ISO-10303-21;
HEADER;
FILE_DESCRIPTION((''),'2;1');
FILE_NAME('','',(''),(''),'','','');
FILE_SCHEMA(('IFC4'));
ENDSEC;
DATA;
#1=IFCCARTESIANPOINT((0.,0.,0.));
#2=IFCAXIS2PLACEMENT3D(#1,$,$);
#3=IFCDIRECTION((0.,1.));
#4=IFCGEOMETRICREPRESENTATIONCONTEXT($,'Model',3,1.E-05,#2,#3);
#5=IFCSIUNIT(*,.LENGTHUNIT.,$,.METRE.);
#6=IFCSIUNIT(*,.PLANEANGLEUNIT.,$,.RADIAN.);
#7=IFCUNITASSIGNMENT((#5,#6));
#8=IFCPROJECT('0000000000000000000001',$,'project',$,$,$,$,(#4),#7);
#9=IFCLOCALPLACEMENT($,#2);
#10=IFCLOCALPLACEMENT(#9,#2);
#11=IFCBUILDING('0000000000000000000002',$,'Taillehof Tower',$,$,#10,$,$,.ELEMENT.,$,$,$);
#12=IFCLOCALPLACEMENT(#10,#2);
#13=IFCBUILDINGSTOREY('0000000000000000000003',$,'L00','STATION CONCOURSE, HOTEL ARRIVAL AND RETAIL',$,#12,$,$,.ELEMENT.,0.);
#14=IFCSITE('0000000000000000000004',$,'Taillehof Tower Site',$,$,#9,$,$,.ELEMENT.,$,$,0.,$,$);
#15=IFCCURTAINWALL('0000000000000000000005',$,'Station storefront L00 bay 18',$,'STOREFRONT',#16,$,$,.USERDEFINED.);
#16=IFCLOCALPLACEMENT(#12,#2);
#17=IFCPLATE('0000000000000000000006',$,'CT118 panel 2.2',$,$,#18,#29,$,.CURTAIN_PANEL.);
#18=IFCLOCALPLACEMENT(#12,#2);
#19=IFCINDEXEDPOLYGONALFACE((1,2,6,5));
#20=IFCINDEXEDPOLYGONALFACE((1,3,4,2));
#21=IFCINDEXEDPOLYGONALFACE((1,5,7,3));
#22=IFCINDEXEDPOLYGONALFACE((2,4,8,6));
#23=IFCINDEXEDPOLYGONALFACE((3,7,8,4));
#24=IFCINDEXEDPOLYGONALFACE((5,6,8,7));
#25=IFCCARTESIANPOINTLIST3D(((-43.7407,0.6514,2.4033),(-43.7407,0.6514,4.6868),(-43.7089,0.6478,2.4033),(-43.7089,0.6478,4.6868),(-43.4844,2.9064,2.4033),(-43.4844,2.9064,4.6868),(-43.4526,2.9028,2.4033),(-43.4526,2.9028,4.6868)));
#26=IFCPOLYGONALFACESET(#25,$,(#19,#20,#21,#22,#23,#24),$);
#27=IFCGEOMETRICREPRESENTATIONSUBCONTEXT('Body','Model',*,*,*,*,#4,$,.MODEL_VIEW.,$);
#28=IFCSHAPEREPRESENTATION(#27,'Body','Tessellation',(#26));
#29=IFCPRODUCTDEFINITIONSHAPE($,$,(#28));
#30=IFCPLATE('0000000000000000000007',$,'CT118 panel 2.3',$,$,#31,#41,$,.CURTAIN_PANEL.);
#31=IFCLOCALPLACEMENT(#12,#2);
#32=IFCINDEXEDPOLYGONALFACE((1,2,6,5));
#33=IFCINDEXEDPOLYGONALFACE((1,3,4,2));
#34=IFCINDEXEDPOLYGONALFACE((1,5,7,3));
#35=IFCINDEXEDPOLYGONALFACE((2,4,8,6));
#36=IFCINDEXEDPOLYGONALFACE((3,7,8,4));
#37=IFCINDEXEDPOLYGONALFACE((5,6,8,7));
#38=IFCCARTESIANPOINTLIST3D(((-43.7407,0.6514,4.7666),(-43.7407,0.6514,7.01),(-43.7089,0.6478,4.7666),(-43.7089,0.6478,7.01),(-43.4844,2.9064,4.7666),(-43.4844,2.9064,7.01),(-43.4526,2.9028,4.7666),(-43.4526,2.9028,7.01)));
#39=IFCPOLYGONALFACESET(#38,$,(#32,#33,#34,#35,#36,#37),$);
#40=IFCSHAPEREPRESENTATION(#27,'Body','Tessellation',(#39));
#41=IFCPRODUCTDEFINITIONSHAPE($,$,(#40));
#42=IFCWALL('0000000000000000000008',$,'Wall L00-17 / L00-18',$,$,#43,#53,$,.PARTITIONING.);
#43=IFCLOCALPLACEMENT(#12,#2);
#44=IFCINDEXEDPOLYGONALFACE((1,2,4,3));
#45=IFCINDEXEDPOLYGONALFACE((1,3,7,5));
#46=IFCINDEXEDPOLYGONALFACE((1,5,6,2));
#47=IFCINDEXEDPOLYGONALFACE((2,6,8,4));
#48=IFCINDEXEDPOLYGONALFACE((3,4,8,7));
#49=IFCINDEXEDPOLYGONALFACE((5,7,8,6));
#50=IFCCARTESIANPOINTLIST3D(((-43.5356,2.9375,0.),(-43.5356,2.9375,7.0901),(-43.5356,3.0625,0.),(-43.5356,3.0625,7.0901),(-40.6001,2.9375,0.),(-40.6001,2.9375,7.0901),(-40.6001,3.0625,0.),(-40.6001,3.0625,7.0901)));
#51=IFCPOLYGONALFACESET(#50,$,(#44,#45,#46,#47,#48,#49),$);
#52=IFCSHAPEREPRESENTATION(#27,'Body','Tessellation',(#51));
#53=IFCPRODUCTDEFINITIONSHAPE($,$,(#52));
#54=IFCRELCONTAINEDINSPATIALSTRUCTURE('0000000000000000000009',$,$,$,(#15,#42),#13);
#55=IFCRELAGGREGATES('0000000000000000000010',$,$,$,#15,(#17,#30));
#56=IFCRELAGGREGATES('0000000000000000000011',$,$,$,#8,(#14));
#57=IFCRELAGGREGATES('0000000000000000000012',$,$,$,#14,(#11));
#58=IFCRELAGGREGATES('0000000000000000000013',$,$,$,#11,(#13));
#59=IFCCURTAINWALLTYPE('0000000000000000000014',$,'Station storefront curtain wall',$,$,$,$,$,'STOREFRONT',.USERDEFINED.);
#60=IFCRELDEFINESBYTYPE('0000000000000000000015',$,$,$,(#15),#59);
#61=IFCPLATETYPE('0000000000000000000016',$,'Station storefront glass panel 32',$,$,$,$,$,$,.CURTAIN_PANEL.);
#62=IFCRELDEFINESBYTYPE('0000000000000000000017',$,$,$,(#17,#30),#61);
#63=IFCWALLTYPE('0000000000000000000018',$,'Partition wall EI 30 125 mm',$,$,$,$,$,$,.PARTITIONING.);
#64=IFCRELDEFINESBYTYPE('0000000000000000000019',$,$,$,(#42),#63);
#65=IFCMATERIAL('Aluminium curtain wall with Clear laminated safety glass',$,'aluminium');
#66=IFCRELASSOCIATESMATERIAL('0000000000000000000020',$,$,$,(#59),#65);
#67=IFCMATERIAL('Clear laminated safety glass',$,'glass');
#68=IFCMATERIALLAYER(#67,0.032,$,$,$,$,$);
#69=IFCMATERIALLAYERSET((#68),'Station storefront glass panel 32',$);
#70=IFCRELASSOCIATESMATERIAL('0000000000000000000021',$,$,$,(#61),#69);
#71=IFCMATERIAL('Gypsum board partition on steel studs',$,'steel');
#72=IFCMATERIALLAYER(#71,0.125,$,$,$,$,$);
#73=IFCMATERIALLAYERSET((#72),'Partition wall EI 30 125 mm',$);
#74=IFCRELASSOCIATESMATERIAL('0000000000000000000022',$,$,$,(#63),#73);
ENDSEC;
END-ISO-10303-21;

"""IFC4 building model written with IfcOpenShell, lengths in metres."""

from ifc_helpers import new_model, si_unit, direction, frame, frame_2d, origin, origin_2d, place, context, subcontext, project, spatial, rectangle, extrude, material, layer, layer_set, type_object, element, aggregate, save


model = new_model("IFC4")

# Units and contexts
model_context = context("Model", 3, precision=1e-05, world=origin(), true_north=direction((0.0, 1.0)))
body_context = subcontext(model_context, "Body", "Model", "MODEL_VIEW")
ifc_project = project(units=[si_unit("LENGTHUNIT", "METRE"), si_unit("PLANEANGLEUNIT", "RADIAN")], contexts=[model_context])

# Site, building, storey
site_placement = place(None, origin())
site = spatial("IfcSite", under=ifc_project, at=site_placement, Name="Taillehof Tower Site", CompositionType="ELEMENT", RefElevation=0.0)
building_placement = place(site_placement, origin())
building = spatial("IfcBuilding", under=site, at=building_placement, Name="Taillehof Tower", CompositionType="ELEMENT")
storey_placement = place(building_placement, origin())
storey = spatial("IfcBuildingStorey", under=building, at=storey_placement, Name="L00", Description="STATION CONCOURSE, HOTEL ARRIVAL AND RETAIL", CompositionType="ELEMENT", Elevation=0.0)

# Curtain wall
ifc_material_1 = material(Name="Aluminium curtain wall with Clear laminated safety glass", Category="aluminium")
curtain_wall_type = type_object("IfcCurtainWallType", Name="Station storefront curtain wall", ElementType="STOREFRONT", PredefinedType="USERDEFINED", material=ifc_material_1)
curtain_wall_1_placement = place(storey_placement, origin())
curtain_wall_1 = element("IfcCurtainWall", 1, at=curtain_wall_1_placement, inside=storey, type_object=curtain_wall_type, Name="Station storefront L00 bay 18", ObjectType="STOREFRONT", PredefinedType="USERDEFINED")

# Plates
ifc_material_2 = material(Name="Clear laminated safety glass", Category="glass")
ifc_layer_1 = layer(ifc_material_2, 0.032)
ifc_layer_set_1 = layer_set([ifc_layer_1], Name="Station storefront glass panel 32")
plate_type = type_object("IfcPlateType", Name="Station storefront glass panel 32", PredefinedType="CURTAIN_PANEL", material=ifc_layer_set_1)
plate_1_placement = place(storey_placement, frame((-43.5967, 1.7771, 2.4033), z_axis=(0.0, 0.0, 1.0), x_axis=(-0.112932, -0.993603, 0.0)))
plate_1 = element("IfcPlate", 2, at=plate_1_placement, type_object=plate_type, Name="CT118 panel 2.2", PredefinedType="CURTAIN_PANEL", context=body_context, shape_type="SweptSolid", body=[
    extrude(rectangle(XDim=2.2695, YDim=0.032, at=origin_2d()), origin(), (0.0, 0.0, 1.0), 2.2834),
])
plate_2_placement = place(storey_placement, frame((-43.5967, 1.7771, 4.7666), z_axis=(0.0, 0.0, 1.0), x_axis=(-0.112932, -0.993603, 0.0)))
plate_2 = element("IfcPlate", 3, at=plate_2_placement, type_object=plate_type, Name="CT118 panel 2.3", PredefinedType="CURTAIN_PANEL", context=body_context, shape_type="SweptSolid", body=[
    extrude(rectangle(XDim=2.2695, YDim=0.032, at=origin_2d()), origin(), (0.0, 0.0, 1.0), 2.2434),
])
aggregate(curtain_wall_1, [plate_1, plate_2])

# Wall
ifc_material_3 = material(Name="Gypsum board partition on steel studs", Category="steel")
ifc_layer_2 = layer(ifc_material_3, 0.125)
ifc_layer_set_2 = layer_set([ifc_layer_2], Name="Partition wall EI 30 125 mm")
wall_type = type_object("IfcWallType", Name="Partition wall EI 30 125 mm", PredefinedType="PARTITIONING", material=ifc_layer_set_2)
wall_placement = place(storey_placement, frame((-43.5356, 3.0, 0.0), z_axis=(0.0, 0.0, 1.0), x_axis=(1.0, 0.0, 0.0)))
element("IfcWall", 4, at=wall_placement, inside=storey, type_object=wall_type, Name="Wall L00-17 / L00-18", PredefinedType="PARTITIONING", context=body_context, shape_type="SweptSolid", body=[
    extrude(rectangle(XDim=2.9355, YDim=0.125, at=frame_2d((1.4678, 0.0))), origin(), (0.0, 0.0, 1.0), 7.0901),
])

save(model, "model.ifc")
